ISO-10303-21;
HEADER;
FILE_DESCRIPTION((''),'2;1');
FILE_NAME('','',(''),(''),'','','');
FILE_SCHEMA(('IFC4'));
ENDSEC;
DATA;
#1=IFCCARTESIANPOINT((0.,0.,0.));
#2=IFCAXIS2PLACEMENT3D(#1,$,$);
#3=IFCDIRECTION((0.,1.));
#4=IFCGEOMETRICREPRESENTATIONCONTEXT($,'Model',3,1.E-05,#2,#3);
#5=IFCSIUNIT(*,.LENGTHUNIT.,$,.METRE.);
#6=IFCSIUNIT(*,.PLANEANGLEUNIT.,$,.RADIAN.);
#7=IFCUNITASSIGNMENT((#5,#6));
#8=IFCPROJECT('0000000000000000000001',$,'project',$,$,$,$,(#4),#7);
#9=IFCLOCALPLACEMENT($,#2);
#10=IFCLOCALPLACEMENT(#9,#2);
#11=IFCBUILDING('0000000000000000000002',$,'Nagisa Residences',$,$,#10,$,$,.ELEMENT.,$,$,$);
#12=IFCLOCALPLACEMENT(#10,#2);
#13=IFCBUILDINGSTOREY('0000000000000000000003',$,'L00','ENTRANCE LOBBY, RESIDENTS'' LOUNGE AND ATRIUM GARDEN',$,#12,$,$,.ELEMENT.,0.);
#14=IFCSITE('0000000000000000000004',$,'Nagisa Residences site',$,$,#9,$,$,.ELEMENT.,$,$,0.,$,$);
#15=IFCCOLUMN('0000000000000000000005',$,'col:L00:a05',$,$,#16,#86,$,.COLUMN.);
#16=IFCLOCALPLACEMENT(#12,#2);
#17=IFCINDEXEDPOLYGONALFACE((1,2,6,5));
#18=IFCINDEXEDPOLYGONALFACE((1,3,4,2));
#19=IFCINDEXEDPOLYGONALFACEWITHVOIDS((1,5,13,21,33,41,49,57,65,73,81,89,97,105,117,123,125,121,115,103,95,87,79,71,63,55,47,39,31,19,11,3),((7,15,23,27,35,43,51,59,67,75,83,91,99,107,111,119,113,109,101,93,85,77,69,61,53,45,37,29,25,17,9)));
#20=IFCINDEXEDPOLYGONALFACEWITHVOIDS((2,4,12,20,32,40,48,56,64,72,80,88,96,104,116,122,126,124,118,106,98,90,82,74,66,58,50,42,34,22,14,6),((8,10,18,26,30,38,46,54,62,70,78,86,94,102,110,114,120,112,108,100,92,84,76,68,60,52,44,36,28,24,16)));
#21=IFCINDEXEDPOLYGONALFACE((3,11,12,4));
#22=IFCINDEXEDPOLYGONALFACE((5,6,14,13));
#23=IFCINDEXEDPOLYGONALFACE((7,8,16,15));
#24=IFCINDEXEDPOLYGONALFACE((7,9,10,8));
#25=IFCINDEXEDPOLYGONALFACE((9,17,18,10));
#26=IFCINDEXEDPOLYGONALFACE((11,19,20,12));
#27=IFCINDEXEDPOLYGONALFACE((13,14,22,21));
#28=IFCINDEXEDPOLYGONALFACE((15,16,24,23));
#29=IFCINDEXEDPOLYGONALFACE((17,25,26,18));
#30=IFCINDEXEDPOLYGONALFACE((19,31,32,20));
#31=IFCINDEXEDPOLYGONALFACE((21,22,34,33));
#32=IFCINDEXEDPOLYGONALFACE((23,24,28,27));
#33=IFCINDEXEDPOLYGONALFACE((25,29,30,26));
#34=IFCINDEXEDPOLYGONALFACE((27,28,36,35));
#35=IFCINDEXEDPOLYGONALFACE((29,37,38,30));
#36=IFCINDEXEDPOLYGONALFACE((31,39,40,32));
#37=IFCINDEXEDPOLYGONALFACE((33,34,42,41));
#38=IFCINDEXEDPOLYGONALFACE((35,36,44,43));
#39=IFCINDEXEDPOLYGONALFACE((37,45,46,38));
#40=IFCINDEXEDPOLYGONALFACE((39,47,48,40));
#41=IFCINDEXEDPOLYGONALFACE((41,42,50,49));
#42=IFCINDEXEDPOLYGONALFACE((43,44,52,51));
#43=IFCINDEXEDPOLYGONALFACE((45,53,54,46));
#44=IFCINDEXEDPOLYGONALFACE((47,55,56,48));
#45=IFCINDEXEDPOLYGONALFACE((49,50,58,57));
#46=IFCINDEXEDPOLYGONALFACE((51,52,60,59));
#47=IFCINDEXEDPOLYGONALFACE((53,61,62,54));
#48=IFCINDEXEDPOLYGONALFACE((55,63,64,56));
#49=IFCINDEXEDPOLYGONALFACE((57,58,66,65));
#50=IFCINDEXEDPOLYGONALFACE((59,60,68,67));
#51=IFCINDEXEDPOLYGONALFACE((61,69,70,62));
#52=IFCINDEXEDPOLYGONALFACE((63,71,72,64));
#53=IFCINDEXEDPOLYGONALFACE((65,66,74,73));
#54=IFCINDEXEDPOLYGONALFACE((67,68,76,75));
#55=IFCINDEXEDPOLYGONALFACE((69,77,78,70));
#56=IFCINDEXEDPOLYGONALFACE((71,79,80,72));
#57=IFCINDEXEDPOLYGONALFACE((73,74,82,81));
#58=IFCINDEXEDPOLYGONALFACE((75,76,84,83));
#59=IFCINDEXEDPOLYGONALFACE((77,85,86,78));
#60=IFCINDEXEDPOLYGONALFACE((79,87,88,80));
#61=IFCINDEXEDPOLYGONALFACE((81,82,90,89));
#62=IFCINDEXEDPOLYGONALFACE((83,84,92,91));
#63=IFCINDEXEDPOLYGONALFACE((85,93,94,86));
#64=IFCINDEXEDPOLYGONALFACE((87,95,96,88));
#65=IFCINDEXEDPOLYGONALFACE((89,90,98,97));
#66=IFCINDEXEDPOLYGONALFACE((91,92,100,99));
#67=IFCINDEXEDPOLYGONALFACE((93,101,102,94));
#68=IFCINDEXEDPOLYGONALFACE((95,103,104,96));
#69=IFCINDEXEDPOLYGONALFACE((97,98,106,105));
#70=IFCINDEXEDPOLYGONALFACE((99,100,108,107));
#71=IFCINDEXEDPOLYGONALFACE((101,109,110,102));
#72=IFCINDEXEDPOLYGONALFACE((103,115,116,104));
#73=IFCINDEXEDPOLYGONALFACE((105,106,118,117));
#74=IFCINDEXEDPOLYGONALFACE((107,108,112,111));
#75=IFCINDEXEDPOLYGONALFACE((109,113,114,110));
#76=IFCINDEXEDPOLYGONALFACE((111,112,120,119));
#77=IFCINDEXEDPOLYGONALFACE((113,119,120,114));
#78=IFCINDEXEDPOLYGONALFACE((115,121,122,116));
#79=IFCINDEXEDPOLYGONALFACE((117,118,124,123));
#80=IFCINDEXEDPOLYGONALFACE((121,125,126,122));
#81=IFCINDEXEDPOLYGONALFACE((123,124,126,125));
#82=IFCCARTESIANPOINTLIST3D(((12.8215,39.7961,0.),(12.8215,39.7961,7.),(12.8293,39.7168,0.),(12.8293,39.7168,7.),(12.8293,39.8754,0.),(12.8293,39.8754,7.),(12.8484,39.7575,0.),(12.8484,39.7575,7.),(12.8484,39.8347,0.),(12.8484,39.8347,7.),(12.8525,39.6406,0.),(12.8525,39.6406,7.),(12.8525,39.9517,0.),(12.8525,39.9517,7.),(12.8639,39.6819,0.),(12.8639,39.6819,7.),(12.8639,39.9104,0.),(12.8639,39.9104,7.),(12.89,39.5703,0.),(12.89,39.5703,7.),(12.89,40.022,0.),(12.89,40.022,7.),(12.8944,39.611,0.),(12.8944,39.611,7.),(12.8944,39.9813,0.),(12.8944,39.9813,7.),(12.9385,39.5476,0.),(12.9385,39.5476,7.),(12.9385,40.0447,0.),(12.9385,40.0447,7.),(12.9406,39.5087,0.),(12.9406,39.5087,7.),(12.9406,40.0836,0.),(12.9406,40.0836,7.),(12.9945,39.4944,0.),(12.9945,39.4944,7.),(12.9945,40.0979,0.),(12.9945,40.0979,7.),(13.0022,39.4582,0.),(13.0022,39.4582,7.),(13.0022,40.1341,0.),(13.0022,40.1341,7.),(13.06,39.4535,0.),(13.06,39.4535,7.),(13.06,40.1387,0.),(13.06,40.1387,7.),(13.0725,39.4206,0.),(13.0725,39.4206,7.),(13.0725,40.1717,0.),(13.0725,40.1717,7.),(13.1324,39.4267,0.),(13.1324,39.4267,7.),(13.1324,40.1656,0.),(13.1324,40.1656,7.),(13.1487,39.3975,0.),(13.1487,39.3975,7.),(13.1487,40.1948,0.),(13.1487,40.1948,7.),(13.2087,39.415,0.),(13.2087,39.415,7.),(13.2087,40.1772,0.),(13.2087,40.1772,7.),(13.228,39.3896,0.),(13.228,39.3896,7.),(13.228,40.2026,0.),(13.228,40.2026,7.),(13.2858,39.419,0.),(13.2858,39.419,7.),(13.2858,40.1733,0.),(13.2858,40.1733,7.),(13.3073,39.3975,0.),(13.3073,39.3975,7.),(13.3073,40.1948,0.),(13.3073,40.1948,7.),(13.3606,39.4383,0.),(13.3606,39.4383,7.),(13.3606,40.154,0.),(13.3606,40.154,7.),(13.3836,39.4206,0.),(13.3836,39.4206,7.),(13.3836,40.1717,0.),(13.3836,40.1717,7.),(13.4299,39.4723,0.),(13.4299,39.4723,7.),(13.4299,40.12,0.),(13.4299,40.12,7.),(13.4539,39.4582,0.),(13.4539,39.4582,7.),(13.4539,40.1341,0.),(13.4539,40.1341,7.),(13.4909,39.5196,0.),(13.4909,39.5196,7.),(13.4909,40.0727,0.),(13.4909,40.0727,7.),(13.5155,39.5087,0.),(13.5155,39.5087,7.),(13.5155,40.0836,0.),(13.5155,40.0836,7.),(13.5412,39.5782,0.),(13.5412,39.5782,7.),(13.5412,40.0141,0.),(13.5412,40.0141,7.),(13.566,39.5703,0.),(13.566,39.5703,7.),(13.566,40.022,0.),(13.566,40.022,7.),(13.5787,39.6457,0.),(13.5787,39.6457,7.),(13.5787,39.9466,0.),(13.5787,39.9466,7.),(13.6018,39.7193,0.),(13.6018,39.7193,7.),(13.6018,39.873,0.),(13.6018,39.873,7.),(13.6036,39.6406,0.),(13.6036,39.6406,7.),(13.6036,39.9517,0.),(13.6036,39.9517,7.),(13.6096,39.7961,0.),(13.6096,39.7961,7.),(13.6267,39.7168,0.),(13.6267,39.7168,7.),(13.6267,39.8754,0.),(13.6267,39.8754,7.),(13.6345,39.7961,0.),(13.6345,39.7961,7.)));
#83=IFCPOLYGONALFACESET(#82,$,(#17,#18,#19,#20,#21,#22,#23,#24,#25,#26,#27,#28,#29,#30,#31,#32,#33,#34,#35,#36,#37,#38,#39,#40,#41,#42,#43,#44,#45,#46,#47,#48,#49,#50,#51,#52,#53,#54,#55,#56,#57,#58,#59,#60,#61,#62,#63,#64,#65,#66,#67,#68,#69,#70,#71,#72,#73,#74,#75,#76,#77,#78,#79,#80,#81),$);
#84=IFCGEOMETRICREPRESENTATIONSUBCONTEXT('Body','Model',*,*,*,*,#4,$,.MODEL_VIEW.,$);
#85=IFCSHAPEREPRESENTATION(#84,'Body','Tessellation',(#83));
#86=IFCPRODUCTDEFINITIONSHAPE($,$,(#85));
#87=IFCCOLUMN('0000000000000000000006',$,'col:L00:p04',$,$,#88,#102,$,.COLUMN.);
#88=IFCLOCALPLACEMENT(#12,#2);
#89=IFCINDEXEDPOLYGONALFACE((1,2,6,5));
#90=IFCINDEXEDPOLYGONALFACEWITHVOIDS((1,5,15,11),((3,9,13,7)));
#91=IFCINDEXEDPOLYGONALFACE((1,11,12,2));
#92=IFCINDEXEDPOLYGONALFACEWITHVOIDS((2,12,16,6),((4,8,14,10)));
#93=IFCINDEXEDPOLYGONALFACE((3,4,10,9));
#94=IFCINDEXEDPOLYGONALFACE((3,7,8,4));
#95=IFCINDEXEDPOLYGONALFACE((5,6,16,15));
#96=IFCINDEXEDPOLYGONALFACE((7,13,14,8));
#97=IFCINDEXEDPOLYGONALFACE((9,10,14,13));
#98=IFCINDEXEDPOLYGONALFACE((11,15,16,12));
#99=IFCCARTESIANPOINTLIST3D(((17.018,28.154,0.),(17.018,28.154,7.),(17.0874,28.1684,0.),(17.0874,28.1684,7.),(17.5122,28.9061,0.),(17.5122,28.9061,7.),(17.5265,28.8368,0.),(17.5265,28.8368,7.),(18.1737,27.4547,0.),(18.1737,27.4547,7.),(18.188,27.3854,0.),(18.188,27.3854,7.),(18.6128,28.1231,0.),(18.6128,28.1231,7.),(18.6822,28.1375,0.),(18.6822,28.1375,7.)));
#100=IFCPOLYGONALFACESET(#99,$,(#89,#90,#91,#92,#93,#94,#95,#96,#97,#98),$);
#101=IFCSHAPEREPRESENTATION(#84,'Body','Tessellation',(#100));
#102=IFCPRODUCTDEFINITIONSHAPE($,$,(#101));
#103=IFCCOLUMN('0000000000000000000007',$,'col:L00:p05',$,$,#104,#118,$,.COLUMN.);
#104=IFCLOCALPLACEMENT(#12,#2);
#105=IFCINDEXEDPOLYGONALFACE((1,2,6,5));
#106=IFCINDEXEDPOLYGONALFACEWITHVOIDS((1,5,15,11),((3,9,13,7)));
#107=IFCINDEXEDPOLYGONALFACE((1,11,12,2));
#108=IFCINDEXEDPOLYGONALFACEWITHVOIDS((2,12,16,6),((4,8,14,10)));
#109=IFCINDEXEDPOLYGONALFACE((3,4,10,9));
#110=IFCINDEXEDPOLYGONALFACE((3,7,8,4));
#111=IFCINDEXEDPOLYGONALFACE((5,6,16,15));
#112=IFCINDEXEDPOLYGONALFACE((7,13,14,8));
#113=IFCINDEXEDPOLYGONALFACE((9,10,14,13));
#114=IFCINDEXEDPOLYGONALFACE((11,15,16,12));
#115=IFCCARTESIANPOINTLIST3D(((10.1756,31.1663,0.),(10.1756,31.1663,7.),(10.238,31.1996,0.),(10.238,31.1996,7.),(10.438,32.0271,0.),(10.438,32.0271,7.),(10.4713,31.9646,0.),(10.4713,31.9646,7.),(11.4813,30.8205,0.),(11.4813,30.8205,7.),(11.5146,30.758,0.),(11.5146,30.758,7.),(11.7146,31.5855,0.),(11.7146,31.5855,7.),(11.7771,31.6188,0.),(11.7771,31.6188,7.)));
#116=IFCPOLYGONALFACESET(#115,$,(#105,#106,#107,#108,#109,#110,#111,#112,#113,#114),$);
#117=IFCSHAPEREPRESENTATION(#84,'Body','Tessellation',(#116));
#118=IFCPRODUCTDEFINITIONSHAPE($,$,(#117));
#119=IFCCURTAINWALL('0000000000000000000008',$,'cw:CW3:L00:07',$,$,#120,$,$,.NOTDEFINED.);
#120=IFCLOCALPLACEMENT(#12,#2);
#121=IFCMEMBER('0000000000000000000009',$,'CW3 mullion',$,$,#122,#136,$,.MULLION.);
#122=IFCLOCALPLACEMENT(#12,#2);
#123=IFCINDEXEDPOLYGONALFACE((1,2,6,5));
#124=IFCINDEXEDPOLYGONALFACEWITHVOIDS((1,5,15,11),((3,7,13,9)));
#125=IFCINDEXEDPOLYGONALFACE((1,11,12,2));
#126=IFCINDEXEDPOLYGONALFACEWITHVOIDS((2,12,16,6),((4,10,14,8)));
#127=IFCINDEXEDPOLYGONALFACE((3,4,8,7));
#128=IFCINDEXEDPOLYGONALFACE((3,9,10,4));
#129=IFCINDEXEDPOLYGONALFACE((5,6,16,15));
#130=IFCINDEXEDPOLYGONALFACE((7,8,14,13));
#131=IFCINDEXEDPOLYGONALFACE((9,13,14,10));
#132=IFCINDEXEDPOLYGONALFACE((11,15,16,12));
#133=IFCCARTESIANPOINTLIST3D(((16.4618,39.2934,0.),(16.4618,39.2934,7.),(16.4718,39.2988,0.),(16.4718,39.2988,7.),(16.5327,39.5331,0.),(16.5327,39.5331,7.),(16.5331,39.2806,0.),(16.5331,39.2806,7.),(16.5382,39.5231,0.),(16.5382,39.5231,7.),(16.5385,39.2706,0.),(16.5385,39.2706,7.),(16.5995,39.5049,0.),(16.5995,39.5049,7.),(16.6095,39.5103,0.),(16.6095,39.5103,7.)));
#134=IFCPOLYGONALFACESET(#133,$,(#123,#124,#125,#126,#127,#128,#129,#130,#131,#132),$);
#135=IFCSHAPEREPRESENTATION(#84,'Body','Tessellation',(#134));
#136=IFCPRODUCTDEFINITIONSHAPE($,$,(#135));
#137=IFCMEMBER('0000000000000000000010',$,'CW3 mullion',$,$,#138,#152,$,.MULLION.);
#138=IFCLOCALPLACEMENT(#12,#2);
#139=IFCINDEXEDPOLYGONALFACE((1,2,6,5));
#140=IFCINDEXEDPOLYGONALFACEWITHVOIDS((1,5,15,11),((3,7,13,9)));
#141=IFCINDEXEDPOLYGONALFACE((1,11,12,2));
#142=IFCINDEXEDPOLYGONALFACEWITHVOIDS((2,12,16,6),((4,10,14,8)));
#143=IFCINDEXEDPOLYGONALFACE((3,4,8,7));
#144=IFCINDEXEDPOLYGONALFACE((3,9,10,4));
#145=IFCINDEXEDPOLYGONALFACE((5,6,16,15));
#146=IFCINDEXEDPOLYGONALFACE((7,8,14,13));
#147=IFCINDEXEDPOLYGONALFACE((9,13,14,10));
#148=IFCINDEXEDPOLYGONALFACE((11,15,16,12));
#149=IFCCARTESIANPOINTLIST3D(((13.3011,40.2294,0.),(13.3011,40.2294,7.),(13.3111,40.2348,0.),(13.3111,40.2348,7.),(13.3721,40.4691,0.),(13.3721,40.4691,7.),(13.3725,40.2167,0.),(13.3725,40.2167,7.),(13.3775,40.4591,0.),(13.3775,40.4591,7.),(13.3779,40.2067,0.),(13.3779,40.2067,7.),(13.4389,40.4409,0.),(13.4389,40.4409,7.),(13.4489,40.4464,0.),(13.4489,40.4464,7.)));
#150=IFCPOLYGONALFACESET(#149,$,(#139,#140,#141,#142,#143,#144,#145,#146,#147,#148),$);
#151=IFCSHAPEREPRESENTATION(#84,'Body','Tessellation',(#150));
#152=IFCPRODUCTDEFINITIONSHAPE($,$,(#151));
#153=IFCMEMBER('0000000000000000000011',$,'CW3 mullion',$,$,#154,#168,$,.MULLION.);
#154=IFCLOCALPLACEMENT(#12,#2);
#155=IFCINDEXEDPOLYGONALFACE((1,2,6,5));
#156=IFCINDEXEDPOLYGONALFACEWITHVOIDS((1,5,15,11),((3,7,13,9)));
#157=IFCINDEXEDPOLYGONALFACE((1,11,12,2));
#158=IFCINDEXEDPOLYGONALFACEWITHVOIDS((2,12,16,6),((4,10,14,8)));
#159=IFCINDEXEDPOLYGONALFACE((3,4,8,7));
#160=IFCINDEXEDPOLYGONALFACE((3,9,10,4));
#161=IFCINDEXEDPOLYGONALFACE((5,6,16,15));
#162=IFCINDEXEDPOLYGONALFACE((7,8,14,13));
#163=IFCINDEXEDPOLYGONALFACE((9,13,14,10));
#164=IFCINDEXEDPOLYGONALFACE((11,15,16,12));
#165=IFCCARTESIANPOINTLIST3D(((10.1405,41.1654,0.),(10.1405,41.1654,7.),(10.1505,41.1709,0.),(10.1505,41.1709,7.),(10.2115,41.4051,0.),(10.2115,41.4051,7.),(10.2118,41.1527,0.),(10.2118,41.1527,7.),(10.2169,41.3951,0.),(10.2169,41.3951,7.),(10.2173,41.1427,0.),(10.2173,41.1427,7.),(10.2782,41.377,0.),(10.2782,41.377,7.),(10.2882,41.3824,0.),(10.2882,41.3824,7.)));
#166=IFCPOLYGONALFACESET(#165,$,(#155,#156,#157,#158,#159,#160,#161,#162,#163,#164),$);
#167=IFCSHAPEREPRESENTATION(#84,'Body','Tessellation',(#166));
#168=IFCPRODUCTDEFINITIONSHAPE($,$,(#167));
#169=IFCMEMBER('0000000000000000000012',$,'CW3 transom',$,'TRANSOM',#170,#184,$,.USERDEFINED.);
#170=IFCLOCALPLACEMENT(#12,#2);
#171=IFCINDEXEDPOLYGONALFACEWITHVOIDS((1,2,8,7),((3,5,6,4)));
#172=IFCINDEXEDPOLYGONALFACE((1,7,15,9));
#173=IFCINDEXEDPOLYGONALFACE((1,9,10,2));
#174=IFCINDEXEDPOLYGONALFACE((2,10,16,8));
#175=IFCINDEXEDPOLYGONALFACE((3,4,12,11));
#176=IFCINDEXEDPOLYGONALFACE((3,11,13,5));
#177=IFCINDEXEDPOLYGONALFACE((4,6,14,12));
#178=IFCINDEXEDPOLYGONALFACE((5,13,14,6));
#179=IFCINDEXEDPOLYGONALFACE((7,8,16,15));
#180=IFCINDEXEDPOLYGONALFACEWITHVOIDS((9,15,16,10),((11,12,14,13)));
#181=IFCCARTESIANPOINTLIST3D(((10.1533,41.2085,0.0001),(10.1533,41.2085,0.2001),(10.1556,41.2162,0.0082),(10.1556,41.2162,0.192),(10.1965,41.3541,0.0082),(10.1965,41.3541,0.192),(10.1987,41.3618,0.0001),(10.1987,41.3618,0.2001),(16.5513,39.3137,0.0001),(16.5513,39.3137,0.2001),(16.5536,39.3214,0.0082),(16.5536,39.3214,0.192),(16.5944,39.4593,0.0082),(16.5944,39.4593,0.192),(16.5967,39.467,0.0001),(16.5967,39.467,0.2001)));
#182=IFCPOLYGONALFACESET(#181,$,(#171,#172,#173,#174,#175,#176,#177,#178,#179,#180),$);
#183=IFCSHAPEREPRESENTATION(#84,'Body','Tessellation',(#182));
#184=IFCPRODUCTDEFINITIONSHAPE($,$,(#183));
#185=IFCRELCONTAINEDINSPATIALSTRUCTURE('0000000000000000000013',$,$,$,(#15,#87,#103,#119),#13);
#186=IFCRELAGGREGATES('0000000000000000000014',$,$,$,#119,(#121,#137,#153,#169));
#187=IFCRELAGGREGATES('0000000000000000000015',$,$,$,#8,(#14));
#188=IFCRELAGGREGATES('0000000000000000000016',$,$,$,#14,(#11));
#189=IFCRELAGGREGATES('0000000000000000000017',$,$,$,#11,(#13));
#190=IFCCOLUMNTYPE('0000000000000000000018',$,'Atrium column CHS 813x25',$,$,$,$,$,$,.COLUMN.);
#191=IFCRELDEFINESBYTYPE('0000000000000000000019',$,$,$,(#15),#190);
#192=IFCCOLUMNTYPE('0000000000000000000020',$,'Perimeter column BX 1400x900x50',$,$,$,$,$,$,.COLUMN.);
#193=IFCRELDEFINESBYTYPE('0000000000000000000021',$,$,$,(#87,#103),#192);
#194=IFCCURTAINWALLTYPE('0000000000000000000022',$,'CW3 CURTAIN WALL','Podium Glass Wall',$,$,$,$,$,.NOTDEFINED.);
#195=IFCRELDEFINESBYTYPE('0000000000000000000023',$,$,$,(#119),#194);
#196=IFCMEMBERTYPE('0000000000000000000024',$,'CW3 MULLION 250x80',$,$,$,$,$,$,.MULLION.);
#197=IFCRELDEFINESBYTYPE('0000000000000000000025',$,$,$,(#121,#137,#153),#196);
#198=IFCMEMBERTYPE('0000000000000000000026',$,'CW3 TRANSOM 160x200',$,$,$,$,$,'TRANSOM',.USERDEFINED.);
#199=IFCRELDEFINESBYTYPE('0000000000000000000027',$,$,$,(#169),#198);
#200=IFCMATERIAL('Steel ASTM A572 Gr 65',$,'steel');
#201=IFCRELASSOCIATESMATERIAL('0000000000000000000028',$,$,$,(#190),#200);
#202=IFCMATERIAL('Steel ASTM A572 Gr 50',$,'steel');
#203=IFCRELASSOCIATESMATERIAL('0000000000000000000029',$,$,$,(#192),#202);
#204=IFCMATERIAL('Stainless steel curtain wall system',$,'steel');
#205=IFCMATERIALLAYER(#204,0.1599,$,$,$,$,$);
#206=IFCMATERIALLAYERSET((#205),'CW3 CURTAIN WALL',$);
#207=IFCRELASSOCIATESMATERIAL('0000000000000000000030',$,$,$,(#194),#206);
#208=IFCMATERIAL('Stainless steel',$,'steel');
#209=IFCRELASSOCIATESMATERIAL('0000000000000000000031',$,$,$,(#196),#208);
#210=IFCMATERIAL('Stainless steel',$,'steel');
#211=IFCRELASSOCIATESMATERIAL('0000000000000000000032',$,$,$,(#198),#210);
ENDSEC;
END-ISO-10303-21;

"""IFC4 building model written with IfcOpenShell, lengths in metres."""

from ifc_helpers import new_model, si_unit, direction, frame, origin, origin_2d, place, context, subcontext, project, spatial, hollow_rectangle, hollow_circle, extrude, material, layer, layer_set, material_profile, profile_set, type_object, element, aggregate, save


model = new_model("IFC4")

# Units and contexts
model_context = context("Model", 3, precision=1e-05, world=origin(), true_north=direction((0.0, 1.0)))
body_context = subcontext(model_context, "Body", "Model", "MODEL_VIEW")
ifc_project = project(units=[si_unit("LENGTHUNIT", "METRE"), si_unit("PLANEANGLEUNIT", "RADIAN")], contexts=[model_context])

# Site, building, storey
site_placement = place(None, origin())
site = spatial("IfcSite", under=ifc_project, at=site_placement, Name="Nagisa Residences site", CompositionType="ELEMENT", RefElevation=0.0)
building_placement = place(site_placement, origin())
building = spatial("IfcBuilding", under=site, at=building_placement, Name="Nagisa Residences", CompositionType="ELEMENT")
storey_placement = place(building_placement, origin())
storey = spatial("IfcBuildingStorey", under=building, at=storey_placement, Name="L00", Description="ENTRANCE LOBBY, RESIDENTS' LOUNGE AND ATRIUM GARDEN", CompositionType="ELEMENT", Elevation=0.0)

# Columns
ifc_material_1 = material(Name="Steel ASTM A572 Gr 65", Category="steel")
ifc_material_profile_1 = material_profile(ifc_material_1, hollow_circle(Radius=0.4065, WallThickness=0.0249, at=origin_2d()), Name="CHS 813x25")
ifc_profile_set_1 = profile_set([ifc_material_profile_1], Name="Steel ASTM A572 Gr 65")
column_type_1 = type_object("IfcColumnType", Name="Atrium column CHS 813x25", PredefinedType="COLUMN", material=ifc_profile_set_1)
column_placement = place(storey_placement, frame((13.228, 39.7961, 0.0), z_axis=(0.0, 0.0, 1.0), x_axis=(1.0, 0.0, 0.0)))
element("IfcColumn", 1, at=column_placement, inside=storey, type_object=column_type_1, Name="col:L00:a05", PredefinedType="COLUMN", context=body_context, shape_type="SweptSolid", body=[
    extrude(hollow_circle(Radius=0.4065, WallThickness=0.0249, at=origin_2d()), origin(), (0.0, 0.0, 1.0), 7.0),
])
ifc_material_2 = material(Name="Steel ASTM A572 Gr 50", Category="steel")
ifc_material_profile_2 = material_profile(ifc_material_2, hollow_rectangle(XDim=1.3999, YDim=0.8999, WallThickness=0.05, at=origin_2d()), Name="BX 1400x900x50")
ifc_profile_set_2 = profile_set([ifc_material_profile_2], Name="Steel ASTM A572 Gr 50")
column_type_2 = type_object("IfcColumnType", Name="Perimeter column BX 1400x900x50", PredefinedType="COLUMN", material=ifc_profile_set_2)
for number, where, z_axis, x_axis, name in (
    (2, (17.8501, 28.1458, 0.0), (0.0, 0.0, 1.0), (-0.835766, 0.549086, 0.0), "col:L00:p04"),
    (3, (10.9763, 31.3926, 0.0), (0.0, 0.0, 1.0), (-0.956525, 0.291652, 0.0), "col:L00:p05"),
):
    element("IfcColumn", number, at=place(storey_placement, frame(where, z_axis=z_axis, x_axis=x_axis)), inside=storey, type_object=column_type_2, Name=name, PredefinedType="COLUMN", context=body_context, shape_type="SweptSolid", body=[
        extrude(hollow_rectangle(XDim=1.3999, YDim=0.8999, WallThickness=0.05, at=origin_2d()), origin(), (0.0, 0.0, 1.0), 7.0),
    ])

# Curtain wall, members
ifc_material_3 = material(Name="Stainless steel curtain wall system", Category="steel")
ifc_layer_1 = layer(ifc_material_3, 0.1599)
ifc_layer_set_1 = layer_set([ifc_layer_1], Name="CW3 CURTAIN WALL")
curtain_wall_type = type_object("IfcCurtainWallType", Name="CW3 CURTAIN WALL", Description="Podium Glass Wall", PredefinedType="NOTDEFINED", material=ifc_layer_set_1)
curtain_wall_1_placement = place(storey_placement, origin())
curtain_wall_1 = element("IfcCurtainWall", 4, at=curtain_wall_1_placement, inside=storey, type_object=curtain_wall_type, Name="cw:CW3:L00:07", PredefinedType="NOTDEFINED")
ifc_material_4 = material(Name="Stainless steel", Category="steel")
ifc_material_profile_3 = material_profile(ifc_material_4, hollow_rectangle(XDim=0.25, YDim=0.0801, WallThickness=0.0081, at=origin_2d()), Name="CW3 MULLION 250x80")
ifc_profile_set_3 = profile_set([ifc_material_profile_3], Name="Stainless steel")
member_type_1 = type_object("IfcMemberType", Name="CW3 MULLION 250x80", PredefinedType="MULLION", material=ifc_profile_set_3)
member_1_placement = place(storey_placement, frame((16.5356, 39.4019, 0.0), z_axis=(0.0, 0.0, 1.0), x_axis=(-0.283963, -0.958835, 0.0)))
member_1 = element("IfcMember", 5, at=member_1_placement, type_object=member_type_1, Name="CW3 mullion", PredefinedType="MULLION", context=body_context, shape_type="SweptSolid", body=[
    extrude(hollow_rectangle(XDim=0.25, YDim=0.0801, WallThickness=0.0081, at=origin_2d()), origin(), (0.0, 0.0, 1.0), 7.0),
])
member_2_placement = place(storey_placement, frame((13.375, 40.3379, 0.0), z_axis=(0.0, 0.0, 1.0), x_axis=(-0.283963, -0.958835, 0.0)))
member_2 = element("IfcMember", 6, at=member_2_placement, type_object=member_type_1, Name="CW3 mullion", PredefinedType="MULLION", context=body_context, shape_type="SweptSolid", body=[
    extrude(hollow_rectangle(XDim=0.25, YDim=0.0801, WallThickness=0.0081, at=origin_2d()), origin(), (0.0, 0.0, 1.0), 7.0),
])
member_3_placement = place(storey_placement, frame((10.2144, 41.2739, 0.0), z_axis=(0.0, 0.0, 1.0), x_axis=(-0.283963, -0.958835, 0.0)))
member_3 = element("IfcMember", 7, at=member_3_placement, type_object=member_type_1, Name="CW3 mullion", PredefinedType="MULLION", context=body_context, shape_type="SweptSolid", body=[
    extrude(hollow_rectangle(XDim=0.25, YDim=0.0801, WallThickness=0.0081, at=origin_2d()), origin(), (0.0, 0.0, 1.0), 7.0),
])
ifc_material_5 = material(Name="Stainless steel", Category="steel")
ifc_material_profile_4 = material_profile(ifc_material_5, hollow_rectangle(XDim=0.1599, YDim=0.2, WallThickness=0.0081, at=origin_2d()), Name="CW3 TRANSOM 160x200")
ifc_profile_set_4 = profile_set([ifc_material_profile_4], Name="Stainless steel")
member_type_2 = type_object("IfcMemberType", Name="CW3 TRANSOM 160x200", ElementType="TRANSOM", PredefinedType="USERDEFINED", material=ifc_profile_set_4)
member_4_placement = place(storey_placement, frame((16.574, 39.3904, 0.1001), z_axis=(-0.958835, 0.283963, 0.0), x_axis=(-0.283963, -0.958835, 0.0)))
member_4 = element("IfcMember", 8, at=member_4_placement, type_object=member_type_2, Name="CW3 transom", ObjectType="TRANSOM", PredefinedType="USERDEFINED", context=body_context, shape_type="SweptSolid", body=[
    extrude(hollow_rectangle(XDim=0.1599, YDim=0.2, WallThickness=0.0081, at=origin_2d()), origin(), (0.0, 0.0, 1.0), 6.6726),
])

aggregate(curtain_wall_1, [member_1, member_2, member_3, member_4])

save(model, "model.ifc")
